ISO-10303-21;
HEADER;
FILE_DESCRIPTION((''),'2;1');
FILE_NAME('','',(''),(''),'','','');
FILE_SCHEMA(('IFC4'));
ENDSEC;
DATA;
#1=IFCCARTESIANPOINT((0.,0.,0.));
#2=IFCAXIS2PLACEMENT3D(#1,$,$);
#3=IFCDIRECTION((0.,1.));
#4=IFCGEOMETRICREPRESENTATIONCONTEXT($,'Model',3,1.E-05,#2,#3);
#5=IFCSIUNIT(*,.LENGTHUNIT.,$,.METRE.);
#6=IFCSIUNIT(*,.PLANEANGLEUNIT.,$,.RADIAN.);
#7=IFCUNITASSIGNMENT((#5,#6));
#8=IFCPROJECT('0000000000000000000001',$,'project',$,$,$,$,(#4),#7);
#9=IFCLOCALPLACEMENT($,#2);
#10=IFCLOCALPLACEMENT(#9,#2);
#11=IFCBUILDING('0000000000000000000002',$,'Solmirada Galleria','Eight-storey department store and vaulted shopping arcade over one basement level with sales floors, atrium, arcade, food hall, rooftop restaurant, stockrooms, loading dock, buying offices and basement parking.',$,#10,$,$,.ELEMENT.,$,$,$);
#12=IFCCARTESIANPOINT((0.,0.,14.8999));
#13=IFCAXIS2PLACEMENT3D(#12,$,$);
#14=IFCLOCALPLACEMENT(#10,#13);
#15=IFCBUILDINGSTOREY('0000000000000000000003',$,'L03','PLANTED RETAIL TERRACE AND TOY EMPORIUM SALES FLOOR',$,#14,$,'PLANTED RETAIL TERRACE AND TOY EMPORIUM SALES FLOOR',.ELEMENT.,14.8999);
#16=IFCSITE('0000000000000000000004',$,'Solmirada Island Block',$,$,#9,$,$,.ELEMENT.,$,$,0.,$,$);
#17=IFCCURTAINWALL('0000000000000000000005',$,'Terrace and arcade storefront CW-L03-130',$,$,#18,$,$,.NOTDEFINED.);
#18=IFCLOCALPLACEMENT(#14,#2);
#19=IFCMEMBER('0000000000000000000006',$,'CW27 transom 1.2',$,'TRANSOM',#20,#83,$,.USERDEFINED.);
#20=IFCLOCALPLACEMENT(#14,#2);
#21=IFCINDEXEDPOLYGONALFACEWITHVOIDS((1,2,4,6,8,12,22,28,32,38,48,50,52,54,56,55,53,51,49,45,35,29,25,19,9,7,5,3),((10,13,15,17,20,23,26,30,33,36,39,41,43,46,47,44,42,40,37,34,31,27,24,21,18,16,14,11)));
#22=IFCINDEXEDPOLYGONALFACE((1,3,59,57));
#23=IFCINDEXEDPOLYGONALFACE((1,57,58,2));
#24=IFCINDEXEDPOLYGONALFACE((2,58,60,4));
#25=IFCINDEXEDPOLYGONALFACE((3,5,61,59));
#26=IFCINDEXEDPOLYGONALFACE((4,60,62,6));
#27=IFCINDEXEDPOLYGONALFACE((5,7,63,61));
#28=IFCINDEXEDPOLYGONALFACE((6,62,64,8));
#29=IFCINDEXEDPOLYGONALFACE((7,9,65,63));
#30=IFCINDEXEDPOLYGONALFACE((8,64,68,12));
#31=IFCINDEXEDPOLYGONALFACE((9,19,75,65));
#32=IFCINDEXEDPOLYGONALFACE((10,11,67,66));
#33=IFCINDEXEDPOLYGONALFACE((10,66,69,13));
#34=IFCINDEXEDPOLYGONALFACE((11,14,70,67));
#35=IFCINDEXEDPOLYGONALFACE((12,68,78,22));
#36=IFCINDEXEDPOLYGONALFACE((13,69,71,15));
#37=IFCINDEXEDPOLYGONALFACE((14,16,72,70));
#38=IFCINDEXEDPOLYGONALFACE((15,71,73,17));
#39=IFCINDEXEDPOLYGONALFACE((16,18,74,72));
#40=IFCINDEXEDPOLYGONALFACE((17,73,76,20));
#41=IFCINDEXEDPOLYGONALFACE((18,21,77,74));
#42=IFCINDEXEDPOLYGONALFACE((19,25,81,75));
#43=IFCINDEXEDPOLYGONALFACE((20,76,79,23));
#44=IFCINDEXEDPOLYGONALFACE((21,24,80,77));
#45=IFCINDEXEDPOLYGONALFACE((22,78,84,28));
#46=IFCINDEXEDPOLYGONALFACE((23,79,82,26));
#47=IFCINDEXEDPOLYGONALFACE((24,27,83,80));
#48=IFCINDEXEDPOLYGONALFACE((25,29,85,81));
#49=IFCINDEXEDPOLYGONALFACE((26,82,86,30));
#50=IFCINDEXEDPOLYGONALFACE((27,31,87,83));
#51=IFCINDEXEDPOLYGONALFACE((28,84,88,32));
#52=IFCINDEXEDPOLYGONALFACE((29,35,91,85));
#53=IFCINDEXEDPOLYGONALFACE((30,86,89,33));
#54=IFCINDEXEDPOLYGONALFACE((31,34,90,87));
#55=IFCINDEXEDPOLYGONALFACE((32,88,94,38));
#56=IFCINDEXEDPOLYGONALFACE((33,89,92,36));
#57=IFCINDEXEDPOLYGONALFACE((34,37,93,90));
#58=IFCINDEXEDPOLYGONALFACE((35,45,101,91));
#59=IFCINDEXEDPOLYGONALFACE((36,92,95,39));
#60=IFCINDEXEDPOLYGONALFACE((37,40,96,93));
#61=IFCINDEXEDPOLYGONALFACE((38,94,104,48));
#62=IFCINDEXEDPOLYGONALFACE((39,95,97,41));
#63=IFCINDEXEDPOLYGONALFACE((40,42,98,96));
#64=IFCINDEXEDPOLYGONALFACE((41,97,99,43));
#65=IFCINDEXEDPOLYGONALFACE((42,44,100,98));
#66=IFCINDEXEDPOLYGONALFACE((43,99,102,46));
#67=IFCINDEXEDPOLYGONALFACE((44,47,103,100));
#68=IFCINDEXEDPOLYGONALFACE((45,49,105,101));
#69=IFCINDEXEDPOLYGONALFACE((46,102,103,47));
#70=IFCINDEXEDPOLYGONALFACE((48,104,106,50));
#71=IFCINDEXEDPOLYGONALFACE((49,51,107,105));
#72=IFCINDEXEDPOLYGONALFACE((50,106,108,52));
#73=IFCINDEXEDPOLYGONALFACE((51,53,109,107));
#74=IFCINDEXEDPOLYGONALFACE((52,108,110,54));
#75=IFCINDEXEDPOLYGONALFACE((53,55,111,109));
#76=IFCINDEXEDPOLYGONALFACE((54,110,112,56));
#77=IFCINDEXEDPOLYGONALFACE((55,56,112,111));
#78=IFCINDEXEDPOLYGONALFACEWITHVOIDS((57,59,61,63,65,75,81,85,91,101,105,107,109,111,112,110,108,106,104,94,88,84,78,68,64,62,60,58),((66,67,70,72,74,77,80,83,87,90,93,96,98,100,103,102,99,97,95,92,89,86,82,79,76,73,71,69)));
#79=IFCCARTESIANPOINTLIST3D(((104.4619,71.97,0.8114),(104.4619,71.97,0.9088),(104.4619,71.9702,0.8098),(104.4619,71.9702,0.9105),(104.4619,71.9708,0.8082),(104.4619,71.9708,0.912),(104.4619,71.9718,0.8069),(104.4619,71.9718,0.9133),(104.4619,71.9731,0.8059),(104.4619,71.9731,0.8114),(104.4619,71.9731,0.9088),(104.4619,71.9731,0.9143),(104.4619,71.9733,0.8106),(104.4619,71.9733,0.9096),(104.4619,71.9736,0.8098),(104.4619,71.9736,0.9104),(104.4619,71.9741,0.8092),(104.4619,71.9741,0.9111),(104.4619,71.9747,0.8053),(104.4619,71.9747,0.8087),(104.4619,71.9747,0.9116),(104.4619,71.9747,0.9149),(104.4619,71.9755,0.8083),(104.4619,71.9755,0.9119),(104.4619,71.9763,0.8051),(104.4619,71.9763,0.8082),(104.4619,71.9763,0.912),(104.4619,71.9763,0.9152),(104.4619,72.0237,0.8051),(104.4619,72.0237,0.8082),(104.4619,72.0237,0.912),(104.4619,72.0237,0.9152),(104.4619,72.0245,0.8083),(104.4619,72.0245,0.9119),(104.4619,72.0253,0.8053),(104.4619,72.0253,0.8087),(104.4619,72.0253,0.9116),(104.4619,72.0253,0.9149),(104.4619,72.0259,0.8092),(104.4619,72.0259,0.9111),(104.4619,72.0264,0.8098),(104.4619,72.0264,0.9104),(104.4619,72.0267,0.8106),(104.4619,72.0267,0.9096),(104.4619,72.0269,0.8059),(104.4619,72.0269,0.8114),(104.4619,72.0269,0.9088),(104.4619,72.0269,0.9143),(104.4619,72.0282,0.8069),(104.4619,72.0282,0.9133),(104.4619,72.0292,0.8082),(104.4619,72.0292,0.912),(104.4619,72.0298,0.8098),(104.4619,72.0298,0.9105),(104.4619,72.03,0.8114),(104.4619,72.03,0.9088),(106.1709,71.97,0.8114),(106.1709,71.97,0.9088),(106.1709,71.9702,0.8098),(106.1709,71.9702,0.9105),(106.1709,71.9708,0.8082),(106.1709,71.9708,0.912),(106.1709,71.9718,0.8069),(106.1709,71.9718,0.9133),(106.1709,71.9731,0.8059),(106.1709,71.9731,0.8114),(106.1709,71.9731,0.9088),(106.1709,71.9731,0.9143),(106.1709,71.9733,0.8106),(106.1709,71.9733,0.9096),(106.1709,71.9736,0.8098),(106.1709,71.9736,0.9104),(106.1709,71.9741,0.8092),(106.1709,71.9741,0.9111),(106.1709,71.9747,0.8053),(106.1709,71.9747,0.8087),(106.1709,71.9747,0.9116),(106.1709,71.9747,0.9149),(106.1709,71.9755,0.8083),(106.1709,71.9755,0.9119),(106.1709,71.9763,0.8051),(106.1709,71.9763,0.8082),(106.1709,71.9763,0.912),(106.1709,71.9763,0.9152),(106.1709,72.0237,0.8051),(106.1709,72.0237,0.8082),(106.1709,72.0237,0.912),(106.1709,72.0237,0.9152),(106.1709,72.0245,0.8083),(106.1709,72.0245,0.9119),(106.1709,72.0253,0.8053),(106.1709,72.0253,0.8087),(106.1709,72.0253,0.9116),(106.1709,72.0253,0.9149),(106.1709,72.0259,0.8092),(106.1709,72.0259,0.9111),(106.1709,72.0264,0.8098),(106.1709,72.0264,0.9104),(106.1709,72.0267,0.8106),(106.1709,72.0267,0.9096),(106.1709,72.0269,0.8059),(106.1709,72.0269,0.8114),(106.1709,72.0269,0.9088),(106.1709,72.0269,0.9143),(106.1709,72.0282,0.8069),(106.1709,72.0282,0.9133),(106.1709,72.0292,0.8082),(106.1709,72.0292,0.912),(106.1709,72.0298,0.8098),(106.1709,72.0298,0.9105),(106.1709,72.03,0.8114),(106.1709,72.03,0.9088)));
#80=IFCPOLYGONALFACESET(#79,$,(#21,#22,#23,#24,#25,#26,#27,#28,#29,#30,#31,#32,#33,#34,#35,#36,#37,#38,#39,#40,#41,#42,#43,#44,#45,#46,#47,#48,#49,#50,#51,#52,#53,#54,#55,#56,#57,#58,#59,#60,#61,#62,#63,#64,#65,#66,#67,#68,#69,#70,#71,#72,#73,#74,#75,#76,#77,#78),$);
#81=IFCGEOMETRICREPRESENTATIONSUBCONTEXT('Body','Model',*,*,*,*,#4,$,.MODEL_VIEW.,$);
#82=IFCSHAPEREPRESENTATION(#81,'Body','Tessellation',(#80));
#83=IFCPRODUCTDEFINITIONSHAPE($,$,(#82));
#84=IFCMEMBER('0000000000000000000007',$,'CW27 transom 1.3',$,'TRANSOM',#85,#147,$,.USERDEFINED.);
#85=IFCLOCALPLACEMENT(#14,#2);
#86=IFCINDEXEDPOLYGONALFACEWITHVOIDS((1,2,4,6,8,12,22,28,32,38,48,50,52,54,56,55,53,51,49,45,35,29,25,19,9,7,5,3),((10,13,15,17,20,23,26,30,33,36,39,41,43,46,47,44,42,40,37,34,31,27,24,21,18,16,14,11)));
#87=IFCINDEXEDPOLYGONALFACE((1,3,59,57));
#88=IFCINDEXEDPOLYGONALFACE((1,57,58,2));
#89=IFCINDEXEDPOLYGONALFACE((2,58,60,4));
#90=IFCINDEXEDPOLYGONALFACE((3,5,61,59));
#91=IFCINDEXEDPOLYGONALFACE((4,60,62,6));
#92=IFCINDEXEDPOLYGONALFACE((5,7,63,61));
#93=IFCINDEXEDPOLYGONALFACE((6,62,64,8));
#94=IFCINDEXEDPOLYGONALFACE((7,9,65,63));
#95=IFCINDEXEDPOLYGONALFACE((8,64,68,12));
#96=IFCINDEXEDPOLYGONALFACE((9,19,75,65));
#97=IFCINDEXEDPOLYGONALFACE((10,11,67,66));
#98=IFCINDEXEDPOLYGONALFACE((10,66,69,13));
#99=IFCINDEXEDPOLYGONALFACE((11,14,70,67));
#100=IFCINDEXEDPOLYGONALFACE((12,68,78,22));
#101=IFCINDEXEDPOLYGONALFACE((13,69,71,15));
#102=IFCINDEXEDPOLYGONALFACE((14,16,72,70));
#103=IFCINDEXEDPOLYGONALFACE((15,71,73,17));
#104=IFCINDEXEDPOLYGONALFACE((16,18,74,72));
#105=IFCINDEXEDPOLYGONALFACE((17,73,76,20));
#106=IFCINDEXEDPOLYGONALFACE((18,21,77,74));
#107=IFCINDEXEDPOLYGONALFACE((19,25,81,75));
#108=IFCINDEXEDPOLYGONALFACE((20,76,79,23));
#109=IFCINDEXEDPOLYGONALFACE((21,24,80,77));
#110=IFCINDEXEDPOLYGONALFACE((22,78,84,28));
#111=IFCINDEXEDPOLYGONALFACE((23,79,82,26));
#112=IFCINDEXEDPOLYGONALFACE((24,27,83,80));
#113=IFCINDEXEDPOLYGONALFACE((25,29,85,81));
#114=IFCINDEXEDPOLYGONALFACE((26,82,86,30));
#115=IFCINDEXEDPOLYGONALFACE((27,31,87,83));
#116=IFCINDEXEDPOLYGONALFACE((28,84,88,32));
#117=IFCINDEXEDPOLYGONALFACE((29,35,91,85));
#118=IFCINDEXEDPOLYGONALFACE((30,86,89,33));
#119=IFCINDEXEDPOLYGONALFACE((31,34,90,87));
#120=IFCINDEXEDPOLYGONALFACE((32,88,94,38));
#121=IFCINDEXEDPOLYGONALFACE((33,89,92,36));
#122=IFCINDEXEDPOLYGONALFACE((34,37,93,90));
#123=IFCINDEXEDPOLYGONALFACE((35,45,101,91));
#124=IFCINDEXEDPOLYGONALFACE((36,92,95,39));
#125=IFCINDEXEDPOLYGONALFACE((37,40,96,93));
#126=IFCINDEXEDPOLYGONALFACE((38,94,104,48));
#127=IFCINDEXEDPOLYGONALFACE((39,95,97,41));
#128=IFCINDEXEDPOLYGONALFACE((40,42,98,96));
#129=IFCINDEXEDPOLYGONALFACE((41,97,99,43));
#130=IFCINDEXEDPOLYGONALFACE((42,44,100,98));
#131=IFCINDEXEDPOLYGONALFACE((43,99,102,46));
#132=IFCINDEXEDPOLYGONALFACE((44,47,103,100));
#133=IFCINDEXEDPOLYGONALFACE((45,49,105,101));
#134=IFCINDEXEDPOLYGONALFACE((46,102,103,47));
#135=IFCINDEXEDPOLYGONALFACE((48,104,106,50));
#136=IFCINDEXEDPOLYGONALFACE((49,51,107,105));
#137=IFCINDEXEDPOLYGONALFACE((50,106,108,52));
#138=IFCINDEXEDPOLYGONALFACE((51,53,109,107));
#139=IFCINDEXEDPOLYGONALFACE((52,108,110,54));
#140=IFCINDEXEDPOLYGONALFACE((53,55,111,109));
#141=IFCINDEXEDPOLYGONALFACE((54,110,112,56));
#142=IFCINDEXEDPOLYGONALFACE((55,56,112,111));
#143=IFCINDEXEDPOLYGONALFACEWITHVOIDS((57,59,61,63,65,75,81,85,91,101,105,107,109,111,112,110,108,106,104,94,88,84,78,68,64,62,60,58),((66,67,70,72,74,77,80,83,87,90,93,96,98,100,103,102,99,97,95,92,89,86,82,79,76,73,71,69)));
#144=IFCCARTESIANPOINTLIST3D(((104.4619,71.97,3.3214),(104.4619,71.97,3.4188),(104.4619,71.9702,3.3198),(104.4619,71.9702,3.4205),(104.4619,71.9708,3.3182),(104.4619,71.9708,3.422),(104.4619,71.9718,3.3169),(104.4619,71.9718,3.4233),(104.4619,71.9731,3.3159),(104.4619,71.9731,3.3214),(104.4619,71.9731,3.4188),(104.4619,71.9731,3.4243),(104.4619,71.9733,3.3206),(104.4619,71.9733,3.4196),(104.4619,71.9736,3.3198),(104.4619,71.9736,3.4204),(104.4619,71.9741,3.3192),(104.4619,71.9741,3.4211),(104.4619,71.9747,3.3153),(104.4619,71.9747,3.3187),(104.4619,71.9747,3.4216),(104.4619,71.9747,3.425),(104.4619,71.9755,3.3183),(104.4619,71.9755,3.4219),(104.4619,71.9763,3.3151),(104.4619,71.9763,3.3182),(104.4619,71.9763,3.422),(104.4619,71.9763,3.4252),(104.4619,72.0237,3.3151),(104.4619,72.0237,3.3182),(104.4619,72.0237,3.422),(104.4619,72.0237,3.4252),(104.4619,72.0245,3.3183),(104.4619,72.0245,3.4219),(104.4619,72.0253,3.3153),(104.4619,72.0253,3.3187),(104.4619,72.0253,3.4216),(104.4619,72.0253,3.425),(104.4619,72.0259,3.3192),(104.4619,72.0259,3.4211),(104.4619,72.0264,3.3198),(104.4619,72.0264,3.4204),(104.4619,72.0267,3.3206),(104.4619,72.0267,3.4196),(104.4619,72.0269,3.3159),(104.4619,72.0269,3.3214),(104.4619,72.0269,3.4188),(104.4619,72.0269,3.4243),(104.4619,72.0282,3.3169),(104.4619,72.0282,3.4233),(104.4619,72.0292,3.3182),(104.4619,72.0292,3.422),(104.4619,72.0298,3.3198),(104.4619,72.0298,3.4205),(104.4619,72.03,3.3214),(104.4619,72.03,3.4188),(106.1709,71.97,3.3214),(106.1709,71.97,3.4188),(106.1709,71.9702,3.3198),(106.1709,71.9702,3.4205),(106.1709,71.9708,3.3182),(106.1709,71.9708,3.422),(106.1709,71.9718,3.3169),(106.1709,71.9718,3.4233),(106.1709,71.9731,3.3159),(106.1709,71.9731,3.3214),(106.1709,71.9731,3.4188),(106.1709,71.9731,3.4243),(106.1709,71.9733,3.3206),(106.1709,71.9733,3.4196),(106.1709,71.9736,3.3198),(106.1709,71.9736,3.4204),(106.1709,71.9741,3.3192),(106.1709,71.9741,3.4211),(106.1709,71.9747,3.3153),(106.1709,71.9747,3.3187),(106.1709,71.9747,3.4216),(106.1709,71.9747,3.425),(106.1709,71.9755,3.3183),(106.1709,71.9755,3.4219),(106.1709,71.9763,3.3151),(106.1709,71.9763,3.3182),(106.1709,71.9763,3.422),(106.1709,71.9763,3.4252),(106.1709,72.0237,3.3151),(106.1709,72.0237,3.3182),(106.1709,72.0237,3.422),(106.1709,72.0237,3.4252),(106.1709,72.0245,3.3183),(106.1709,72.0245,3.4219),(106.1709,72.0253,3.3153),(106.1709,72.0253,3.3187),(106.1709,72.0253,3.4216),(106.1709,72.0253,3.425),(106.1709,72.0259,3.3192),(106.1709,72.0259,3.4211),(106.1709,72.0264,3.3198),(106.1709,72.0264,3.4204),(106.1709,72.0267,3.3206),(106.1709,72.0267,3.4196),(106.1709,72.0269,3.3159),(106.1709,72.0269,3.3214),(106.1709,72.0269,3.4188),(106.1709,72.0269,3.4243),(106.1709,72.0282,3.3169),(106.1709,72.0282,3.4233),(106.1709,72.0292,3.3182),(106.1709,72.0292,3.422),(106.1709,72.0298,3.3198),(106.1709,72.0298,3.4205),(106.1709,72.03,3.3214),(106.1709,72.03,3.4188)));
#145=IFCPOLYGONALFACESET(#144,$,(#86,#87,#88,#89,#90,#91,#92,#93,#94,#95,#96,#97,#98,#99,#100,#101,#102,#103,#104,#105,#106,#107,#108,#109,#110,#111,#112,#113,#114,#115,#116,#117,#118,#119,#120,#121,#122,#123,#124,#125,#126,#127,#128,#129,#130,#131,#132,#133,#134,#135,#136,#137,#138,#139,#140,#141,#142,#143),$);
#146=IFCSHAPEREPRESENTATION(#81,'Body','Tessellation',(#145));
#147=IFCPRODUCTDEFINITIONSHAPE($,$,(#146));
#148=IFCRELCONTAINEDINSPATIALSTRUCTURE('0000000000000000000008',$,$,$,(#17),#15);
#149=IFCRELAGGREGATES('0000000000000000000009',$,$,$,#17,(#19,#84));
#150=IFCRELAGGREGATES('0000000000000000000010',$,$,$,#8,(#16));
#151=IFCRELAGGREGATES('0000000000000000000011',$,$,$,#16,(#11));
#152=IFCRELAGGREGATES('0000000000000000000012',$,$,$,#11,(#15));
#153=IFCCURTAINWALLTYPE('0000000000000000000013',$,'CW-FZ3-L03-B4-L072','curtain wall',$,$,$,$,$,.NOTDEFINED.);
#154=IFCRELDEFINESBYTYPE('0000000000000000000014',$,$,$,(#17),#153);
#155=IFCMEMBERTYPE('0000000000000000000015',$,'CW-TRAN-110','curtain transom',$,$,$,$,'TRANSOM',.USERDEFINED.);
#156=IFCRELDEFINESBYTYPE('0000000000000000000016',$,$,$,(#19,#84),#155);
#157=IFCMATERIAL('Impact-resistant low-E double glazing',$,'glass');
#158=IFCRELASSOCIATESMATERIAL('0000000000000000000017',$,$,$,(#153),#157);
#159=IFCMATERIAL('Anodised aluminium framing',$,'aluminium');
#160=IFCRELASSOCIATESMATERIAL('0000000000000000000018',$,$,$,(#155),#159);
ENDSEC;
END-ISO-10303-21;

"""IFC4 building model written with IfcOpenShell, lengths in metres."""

from ifc_helpers import new_model, si_unit, direction, frame, origin, origin_2d, place, context, subcontext, project, spatial, hollow_rectangle, extrude, material, material_profile, profile_set, type_object, element, aggregate, save


model = new_model("IFC4")

# Units and contexts
model_context = context("Model", 3, precision=1e-05, world=origin(), true_north=direction((0.0, 1.0)))
body_context = subcontext(model_context, "Body", "Model", "MODEL_VIEW")
ifc_project = project(units=[si_unit("LENGTHUNIT", "METRE"), si_unit("PLANEANGLEUNIT", "RADIAN")], contexts=[model_context])

# Site, building, storey
site_placement = place(None, origin())
site = spatial("IfcSite", under=ifc_project, at=site_placement, Name="Solmirada Island Block", CompositionType="ELEMENT", RefElevation=0.0)
building_placement = place(site_placement, origin())
building = spatial("IfcBuilding", under=site, at=building_placement, Name="Solmirada Galleria", Description="Eight-storey department store and vaulted shopping arcade over one basement level with sales floors, atrium, arcade, food hall, rooftop restaurant, stockrooms, loading dock, buying offices and basement parking.", CompositionType="ELEMENT")
storey_placement = place(building_placement, frame((0.0, 0.0, 14.8999)))
storey = spatial("IfcBuildingStorey", under=building, at=storey_placement, Name="L03", Description="PLANTED RETAIL TERRACE AND TOY EMPORIUM SALES FLOOR", LongName="PLANTED RETAIL TERRACE AND TOY EMPORIUM SALES FLOOR", CompositionType="ELEMENT", Elevation=14.8999)

# Shared definitions
ifc_material_1 = material(Name="Impact-resistant low-E double glazing", Category="glass")
curtain_wall_type = type_object("IfcCurtainWallType", Name="CW-FZ3-L03-B4-L072", Description="curtain wall", PredefinedType="NOTDEFINED", material=ifc_material_1)
ifc_material_2 = material(Name="Anodised aluminium framing", Category="aluminium")

# Curtain wall
curtain_wall_1_placement = place(storey_placement, origin())
curtain_wall_1 = element("IfcCurtainWall", 1, at=curtain_wall_1_placement, inside=storey, type_object=curtain_wall_type, Name="Terrace and arcade storefront CW-L03-130", PredefinedType="NOTDEFINED")

# Members
ifc_material_profile_1 = material_profile(ifc_material_2, hollow_rectangle(XDim=0.0601, YDim=0.1101, WallThickness=0.0032, InnerFilletRadius=0.0032, OuterFilletRadius=0.0063, at=origin_2d()), Name="ALU-TRAN-110X60")
ifc_profile_set_1 = profile_set([ifc_material_profile_1], Name="Anodised aluminium framing")
member_type_1 = type_object("IfcMemberType", Name="CW-TRAN-110", Description="curtain transom", ElementType="TRANSOM", PredefinedType="USERDEFINED", material=ifc_profile_set_1)
member_1_placement = place(storey_placement, frame((104.4619, 72.0, 0.8601), z_axis=(1.0, 0.0, 0.0), x_axis=(0.0, 1.0, 0.0)))
member_1 = element("IfcMember", 2, at=member_1_placement, type_object=member_type_1, Name="CW27 transom 1.2", ObjectType="TRANSOM", PredefinedType="USERDEFINED", context=body_context, shape_type="SweptSolid", body=[
    extrude(hollow_rectangle(XDim=0.0601, YDim=0.1101, WallThickness=0.0032, InnerFilletRadius=0.0032, OuterFilletRadius=0.0063, at=origin_2d()), origin(), (0.0, 0.0, 1.0), 1.709),
])
member_2_placement = place(storey_placement, frame((104.4619, 72.0, 3.3701), z_axis=(1.0, 0.0, 0.0), x_axis=(0.0, 1.0, 0.0)))
member_2 = element("IfcMember", 3, at=member_2_placement, type_object=member_type_1, Name="CW27 transom 1.3", ObjectType="TRANSOM", PredefinedType="USERDEFINED", context=body_context, shape_type="SweptSolid", body=[
    extrude(hollow_rectangle(XDim=0.0601, YDim=0.1101, WallThickness=0.0032, InnerFilletRadius=0.0032, OuterFilletRadius=0.0063, at=origin_2d()), origin(), (0.0, 0.0, 1.0), 1.709),
])

aggregate(curtain_wall_1, [member_1, member_2])

save(model, "model.ifc")
